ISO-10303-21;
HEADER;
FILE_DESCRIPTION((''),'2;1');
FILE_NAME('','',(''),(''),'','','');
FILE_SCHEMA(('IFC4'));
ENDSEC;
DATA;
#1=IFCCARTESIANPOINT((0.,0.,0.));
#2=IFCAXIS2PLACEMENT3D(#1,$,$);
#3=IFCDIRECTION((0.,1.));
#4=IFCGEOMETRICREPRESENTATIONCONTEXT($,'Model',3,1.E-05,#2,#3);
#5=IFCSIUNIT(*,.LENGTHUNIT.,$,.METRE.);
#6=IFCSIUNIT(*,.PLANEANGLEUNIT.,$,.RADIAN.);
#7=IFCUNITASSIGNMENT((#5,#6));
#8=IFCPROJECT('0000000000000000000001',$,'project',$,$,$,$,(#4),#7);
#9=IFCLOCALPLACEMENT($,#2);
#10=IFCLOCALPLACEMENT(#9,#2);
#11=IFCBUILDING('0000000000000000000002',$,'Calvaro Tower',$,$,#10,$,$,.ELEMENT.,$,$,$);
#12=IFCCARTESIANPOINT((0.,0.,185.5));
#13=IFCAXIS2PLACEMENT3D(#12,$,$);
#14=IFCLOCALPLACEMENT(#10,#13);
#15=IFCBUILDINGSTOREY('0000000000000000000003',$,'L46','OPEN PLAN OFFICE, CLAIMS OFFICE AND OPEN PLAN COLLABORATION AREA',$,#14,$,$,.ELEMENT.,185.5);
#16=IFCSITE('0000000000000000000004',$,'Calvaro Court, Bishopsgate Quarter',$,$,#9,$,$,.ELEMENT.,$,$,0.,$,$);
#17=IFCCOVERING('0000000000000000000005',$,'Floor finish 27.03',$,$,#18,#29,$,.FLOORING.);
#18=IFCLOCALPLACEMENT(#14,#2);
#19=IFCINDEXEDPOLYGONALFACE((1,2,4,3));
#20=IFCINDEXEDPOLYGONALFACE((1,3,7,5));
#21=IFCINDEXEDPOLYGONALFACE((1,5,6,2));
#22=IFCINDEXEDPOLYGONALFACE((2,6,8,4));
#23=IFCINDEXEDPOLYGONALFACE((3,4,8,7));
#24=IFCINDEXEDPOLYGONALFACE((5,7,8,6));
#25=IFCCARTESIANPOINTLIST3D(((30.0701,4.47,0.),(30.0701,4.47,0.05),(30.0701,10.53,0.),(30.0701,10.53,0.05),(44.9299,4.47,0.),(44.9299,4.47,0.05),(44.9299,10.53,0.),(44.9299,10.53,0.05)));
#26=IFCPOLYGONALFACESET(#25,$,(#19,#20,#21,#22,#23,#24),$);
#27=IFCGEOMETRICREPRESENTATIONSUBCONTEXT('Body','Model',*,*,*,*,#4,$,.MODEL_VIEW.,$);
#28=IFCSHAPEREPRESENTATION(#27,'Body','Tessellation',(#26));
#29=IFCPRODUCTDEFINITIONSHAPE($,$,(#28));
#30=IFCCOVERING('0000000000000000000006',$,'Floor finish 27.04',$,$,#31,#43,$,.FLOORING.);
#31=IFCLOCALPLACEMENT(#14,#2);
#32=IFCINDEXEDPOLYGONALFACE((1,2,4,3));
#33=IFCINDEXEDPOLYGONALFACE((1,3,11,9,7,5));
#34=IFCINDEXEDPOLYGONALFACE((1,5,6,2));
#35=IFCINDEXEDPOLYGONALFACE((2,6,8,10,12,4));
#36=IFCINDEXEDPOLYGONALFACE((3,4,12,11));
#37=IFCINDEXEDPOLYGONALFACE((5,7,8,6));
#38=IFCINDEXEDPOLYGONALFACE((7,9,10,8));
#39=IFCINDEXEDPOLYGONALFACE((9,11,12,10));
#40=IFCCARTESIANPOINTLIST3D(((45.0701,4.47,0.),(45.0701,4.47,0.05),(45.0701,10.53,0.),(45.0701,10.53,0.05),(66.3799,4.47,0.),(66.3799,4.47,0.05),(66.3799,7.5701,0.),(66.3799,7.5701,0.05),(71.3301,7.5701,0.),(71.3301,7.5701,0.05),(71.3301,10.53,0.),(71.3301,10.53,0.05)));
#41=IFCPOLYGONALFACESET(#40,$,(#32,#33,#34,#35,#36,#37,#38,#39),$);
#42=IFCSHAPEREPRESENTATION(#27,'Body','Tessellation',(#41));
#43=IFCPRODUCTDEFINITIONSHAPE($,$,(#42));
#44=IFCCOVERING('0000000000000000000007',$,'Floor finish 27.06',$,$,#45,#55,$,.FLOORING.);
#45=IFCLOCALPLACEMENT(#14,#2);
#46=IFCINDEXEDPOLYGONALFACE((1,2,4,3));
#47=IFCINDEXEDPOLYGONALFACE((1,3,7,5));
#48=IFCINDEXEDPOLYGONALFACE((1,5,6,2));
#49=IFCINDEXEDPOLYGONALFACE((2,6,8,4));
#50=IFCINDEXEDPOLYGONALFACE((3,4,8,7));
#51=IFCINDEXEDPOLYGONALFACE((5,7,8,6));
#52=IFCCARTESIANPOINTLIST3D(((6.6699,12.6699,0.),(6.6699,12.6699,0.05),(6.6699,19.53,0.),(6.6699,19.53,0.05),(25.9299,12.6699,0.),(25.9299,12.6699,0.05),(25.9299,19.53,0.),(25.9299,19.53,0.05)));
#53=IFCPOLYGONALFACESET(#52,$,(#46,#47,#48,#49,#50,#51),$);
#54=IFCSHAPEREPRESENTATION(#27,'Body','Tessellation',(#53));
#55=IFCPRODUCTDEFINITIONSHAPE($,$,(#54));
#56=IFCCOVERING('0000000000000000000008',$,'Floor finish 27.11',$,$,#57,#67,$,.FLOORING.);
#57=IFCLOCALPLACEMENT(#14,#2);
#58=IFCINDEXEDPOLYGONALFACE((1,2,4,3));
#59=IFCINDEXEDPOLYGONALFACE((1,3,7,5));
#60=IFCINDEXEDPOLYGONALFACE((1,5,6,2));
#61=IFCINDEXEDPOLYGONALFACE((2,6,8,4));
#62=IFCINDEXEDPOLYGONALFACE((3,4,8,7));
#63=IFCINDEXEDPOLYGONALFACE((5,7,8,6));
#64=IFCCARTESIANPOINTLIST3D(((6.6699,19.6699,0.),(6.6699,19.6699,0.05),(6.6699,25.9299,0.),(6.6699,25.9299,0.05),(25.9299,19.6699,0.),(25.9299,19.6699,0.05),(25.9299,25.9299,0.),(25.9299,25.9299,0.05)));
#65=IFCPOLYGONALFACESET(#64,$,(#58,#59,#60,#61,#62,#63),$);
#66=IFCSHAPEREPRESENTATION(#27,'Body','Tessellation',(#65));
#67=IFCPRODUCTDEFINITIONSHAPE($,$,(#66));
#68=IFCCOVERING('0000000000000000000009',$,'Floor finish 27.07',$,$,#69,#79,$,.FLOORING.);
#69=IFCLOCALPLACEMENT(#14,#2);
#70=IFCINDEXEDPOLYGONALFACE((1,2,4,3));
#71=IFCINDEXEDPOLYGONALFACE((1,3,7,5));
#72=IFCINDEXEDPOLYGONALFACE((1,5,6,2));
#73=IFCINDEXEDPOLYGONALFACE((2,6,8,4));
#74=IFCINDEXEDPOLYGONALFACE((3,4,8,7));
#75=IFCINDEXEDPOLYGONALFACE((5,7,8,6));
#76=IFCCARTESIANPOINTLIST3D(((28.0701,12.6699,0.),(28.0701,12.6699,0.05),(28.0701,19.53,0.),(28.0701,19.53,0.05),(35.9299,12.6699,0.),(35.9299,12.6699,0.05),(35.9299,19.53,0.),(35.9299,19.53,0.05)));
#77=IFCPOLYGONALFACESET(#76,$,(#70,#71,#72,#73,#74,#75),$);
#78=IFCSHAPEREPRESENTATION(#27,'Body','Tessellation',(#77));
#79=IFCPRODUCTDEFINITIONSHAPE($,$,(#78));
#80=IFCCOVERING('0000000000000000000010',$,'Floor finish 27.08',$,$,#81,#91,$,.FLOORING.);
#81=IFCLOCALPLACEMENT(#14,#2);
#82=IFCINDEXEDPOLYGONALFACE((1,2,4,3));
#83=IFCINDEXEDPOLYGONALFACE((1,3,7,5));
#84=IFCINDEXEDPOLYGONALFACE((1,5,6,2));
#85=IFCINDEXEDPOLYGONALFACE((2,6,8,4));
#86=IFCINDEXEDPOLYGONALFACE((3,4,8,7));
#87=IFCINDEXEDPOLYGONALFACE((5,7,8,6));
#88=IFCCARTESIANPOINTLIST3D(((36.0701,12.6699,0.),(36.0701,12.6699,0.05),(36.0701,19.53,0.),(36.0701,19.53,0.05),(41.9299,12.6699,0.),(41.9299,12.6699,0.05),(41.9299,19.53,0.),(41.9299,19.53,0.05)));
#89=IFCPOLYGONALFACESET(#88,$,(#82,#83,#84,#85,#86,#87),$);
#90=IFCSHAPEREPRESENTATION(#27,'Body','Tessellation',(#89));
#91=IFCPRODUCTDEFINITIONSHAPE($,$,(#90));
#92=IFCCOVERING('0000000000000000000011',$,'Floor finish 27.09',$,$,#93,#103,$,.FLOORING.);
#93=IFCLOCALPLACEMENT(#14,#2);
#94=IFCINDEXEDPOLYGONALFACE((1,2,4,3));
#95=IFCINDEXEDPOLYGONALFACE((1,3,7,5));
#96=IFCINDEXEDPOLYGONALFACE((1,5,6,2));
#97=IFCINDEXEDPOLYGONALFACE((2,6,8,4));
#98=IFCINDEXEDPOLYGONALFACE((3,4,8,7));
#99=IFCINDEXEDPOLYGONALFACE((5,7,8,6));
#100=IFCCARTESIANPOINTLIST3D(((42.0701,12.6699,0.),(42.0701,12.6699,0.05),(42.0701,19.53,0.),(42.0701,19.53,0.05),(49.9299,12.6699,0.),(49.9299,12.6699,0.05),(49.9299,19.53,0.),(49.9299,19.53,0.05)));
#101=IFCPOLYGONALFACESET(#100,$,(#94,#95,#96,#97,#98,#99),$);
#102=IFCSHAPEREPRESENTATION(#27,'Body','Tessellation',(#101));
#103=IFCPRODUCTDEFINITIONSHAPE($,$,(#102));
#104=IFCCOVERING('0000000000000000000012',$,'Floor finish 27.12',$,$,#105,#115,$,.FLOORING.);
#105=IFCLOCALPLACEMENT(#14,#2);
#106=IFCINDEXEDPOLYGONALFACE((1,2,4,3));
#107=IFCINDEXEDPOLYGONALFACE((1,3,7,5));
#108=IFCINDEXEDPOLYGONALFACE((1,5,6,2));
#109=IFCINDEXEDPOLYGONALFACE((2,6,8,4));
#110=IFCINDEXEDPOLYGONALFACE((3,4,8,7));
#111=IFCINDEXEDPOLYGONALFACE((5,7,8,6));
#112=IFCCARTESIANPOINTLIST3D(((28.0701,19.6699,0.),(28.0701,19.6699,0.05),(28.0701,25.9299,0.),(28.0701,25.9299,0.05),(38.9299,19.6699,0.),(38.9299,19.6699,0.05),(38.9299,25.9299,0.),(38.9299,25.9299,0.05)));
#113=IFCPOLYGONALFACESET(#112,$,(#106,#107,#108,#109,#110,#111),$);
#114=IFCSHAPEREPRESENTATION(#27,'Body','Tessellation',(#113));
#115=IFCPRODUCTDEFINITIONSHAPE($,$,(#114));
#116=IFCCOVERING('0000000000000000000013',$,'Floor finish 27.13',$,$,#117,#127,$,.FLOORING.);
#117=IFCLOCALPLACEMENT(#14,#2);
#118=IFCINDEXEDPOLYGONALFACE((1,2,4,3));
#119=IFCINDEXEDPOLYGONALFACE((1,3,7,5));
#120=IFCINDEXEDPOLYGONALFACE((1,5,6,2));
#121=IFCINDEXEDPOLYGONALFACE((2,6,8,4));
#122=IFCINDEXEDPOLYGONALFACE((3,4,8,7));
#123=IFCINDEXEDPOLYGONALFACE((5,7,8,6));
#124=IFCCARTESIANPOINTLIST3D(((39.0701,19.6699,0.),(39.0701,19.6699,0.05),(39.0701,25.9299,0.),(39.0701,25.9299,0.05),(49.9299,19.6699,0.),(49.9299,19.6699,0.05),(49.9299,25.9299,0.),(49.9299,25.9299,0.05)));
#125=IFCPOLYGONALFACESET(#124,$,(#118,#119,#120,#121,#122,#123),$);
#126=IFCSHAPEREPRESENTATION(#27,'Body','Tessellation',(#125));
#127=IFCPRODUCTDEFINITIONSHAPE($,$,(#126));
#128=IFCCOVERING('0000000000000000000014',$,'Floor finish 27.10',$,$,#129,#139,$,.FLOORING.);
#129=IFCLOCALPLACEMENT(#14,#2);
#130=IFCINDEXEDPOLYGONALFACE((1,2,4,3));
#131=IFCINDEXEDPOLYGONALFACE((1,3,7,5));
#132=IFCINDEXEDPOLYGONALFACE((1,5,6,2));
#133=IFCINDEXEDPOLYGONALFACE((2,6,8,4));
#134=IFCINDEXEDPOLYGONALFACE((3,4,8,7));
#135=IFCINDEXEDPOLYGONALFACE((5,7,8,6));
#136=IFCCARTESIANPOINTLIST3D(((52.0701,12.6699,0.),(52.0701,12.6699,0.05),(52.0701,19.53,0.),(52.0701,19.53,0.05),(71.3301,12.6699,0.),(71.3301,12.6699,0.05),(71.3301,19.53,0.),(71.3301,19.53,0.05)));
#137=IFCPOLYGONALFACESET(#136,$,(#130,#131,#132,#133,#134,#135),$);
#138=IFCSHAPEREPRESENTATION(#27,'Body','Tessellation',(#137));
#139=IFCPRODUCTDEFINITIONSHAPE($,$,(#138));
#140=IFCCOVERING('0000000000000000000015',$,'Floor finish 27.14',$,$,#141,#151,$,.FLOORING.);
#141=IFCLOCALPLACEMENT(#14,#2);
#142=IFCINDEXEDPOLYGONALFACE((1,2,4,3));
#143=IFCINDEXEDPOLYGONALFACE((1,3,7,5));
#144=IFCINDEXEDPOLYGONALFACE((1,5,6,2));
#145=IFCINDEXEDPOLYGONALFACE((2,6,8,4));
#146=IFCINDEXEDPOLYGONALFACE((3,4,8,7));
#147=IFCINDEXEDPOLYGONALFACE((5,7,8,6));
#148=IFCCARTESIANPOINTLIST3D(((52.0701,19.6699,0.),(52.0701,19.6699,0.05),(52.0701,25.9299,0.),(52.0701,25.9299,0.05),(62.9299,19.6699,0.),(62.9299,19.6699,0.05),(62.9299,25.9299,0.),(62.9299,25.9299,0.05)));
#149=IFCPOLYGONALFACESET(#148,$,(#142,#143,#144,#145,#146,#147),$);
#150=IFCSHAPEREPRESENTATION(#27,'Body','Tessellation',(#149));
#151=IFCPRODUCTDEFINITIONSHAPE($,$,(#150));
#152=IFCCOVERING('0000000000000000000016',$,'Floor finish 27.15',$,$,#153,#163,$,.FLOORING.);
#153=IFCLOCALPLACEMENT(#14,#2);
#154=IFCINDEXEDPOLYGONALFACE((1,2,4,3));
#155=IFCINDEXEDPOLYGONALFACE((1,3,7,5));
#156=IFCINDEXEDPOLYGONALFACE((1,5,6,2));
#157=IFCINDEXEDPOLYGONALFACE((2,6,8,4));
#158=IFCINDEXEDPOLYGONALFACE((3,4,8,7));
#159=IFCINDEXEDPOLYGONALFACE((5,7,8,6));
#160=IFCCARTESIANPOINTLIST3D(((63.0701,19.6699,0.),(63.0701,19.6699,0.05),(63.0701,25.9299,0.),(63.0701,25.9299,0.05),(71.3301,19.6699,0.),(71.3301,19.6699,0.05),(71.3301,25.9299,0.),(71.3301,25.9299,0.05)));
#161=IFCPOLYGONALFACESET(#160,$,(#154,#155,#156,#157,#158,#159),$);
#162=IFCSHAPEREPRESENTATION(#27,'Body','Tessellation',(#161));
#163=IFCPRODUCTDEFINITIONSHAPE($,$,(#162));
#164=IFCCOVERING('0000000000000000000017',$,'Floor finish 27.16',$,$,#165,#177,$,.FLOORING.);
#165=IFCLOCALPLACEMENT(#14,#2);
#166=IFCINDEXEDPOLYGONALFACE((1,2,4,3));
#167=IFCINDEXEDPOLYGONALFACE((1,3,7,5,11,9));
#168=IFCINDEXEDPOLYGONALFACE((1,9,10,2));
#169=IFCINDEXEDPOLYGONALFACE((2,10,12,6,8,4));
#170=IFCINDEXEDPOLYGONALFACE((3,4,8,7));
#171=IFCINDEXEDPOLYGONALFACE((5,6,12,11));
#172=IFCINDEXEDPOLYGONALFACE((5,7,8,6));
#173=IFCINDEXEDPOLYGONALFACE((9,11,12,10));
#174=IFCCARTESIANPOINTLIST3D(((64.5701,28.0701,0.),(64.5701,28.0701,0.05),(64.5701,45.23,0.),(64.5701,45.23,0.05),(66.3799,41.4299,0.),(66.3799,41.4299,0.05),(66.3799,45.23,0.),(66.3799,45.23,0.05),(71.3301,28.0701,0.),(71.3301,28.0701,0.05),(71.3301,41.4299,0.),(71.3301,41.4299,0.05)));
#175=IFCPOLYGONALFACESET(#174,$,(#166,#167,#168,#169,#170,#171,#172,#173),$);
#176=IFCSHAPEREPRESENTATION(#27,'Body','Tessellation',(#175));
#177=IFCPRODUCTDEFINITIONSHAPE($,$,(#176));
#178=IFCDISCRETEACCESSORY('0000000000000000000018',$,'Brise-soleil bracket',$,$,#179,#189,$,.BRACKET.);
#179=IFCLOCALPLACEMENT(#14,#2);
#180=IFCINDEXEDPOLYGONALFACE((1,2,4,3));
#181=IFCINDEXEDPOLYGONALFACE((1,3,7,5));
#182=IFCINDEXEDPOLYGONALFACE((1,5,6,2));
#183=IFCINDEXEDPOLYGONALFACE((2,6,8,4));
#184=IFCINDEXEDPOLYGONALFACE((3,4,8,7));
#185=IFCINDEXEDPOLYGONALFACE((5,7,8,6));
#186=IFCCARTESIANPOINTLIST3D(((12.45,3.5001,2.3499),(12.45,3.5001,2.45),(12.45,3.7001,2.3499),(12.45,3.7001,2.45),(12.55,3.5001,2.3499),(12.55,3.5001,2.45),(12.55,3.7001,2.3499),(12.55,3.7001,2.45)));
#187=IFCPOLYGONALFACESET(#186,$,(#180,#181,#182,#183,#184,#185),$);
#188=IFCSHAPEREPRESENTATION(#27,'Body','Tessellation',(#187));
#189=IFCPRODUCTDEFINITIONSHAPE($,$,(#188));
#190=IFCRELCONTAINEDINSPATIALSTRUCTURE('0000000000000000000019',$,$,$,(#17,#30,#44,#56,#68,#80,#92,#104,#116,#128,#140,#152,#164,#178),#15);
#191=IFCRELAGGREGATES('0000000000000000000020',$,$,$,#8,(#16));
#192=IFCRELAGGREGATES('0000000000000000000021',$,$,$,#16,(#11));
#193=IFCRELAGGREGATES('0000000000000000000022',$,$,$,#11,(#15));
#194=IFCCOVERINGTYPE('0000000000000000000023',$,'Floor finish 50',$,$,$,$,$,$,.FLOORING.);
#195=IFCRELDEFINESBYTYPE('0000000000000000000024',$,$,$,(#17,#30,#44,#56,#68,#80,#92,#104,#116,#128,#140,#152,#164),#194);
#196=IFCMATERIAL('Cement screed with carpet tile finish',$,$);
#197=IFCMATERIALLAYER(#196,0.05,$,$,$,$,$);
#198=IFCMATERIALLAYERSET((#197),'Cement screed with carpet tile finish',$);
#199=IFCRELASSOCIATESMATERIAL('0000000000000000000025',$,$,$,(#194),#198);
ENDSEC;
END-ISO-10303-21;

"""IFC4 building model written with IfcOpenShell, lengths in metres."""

from ifc_helpers import new_model, si_unit, direction, frame, origin, origin_2d, place, context, subcontext, project, spatial, polyline, rectangle, outline, extrude, material, layer, layer_set, type_object, element, save


model = new_model("IFC4")

# Units and contexts
model_context = context("Model", 3, precision=1e-05, world=origin(), true_north=direction((0.0, 1.0)))
body_context = subcontext(model_context, "Body", "Model", "MODEL_VIEW")
ifc_project = project(units=[si_unit("LENGTHUNIT", "METRE"), si_unit("PLANEANGLEUNIT", "RADIAN")], contexts=[model_context])

# Site, building, storey
site_placement = place(None, origin())
site = spatial("IfcSite", under=ifc_project, at=site_placement, Name="Calvaro Court, Bishopsgate Quarter", CompositionType="ELEMENT", RefElevation=0.0)
building_placement = place(site_placement, origin())
building = spatial("IfcBuilding", under=site, at=building_placement, Name="Calvaro Tower", CompositionType="ELEMENT")
storey_placement = place(building_placement, frame((0.0, 0.0, 185.5)))
storey = spatial("IfcBuildingStorey", under=building, at=storey_placement, Name="L46", Description="OPEN PLAN OFFICE, CLAIMS OFFICE AND OPEN PLAN COLLABORATION AREA", CompositionType="ELEMENT", Elevation=185.5)

# Coverings
ifc_material_1 = material(Name="Cement screed with carpet tile finish")
ifc_layer_1 = layer(ifc_material_1, 0.05)
ifc_layer_set_1 = layer_set([ifc_layer_1], Name="Cement screed with carpet tile finish")
covering_type = type_object("IfcCoveringType", Name="Floor finish 50", PredefinedType="FLOORING", material=ifc_layer_set_1)
covering_1_placement = place(storey_placement, origin())
element("IfcCovering", 1, at=covering_1_placement, inside=storey, type_object=covering_type, Name="Floor finish 27.03", PredefinedType="FLOORING", context=body_context, shape_type="SweptSolid", body=[
    extrude(outline(polyline([(30.0701, 10.53), (44.9299, 10.53), (44.9299, 4.47), (30.0701, 4.47), (30.0701, 10.53)])), origin(), (0.0, 0.0, 1.0), 0.05),
])
covering_2_placement = place(storey_placement, origin())
element("IfcCovering", 2, at=covering_2_placement, inside=storey, type_object=covering_type, Name="Floor finish 27.04", PredefinedType="FLOORING", context=body_context, shape_type="SweptSolid", body=[
    extrude(outline(polyline([(71.3301, 7.5701), (66.3799, 7.5701), (66.3799, 4.47), (45.0701, 4.47), (45.0701, 10.53), (71.3301, 10.53), (71.3301, 7.5701)])), origin(), (0.0, 0.0, 1.0), 0.05),
])
covering_3_placement = place(storey_placement, origin())
element("IfcCovering", 3, at=covering_3_placement, inside=storey, type_object=covering_type, Name="Floor finish 27.06", PredefinedType="FLOORING", context=body_context, shape_type="SweptSolid", body=[
    extrude(outline(polyline([(25.9299, 19.53), (25.9299, 12.6699), (6.6699, 12.6699), (6.6699, 19.53), (25.9299, 19.53)])), origin(), (0.0, 0.0, 1.0), 0.05),
])
covering_4_placement = place(storey_placement, origin())
element("IfcCovering", 4, at=covering_4_placement, inside=storey, type_object=covering_type, Name="Floor finish 27.11", PredefinedType="FLOORING", context=body_context, shape_type="SweptSolid", body=[
    extrude(outline(polyline([(25.9299, 25.9299), (25.9299, 19.6699), (6.6699, 19.6699), (6.6699, 25.9299), (25.9299, 25.9299)])), origin(), (0.0, 0.0, 1.0), 0.05),
])
covering_5_placement = place(storey_placement, origin())
element("IfcCovering", 5, at=covering_5_placement, inside=storey, type_object=covering_type, Name="Floor finish 27.07", PredefinedType="FLOORING", context=body_context, shape_type="SweptSolid", body=[
    extrude(outline(polyline([(28.0701, 12.6699), (28.0701, 19.53), (35.9299, 19.53), (35.9299, 12.6699), (28.0701, 12.6699)])), origin(), (0.0, 0.0, 1.0), 0.05),
])
covering_6_placement = place(storey_placement, origin())
element("IfcCovering", 6, at=covering_6_placement, inside=storey, type_object=covering_type, Name="Floor finish 27.08", PredefinedType="FLOORING", context=body_context, shape_type="SweptSolid", body=[
    extrude(outline(polyline([(36.0701, 12.6699), (36.0701, 19.53), (41.9299, 19.53), (41.9299, 12.6699), (36.0701, 12.6699)])), origin(), (0.0, 0.0, 1.0), 0.05),
])
covering_7_placement = place(storey_placement, origin())
element("IfcCovering", 7, at=covering_7_placement, inside=storey, type_object=covering_type, Name="Floor finish 27.09", PredefinedType="FLOORING", context=body_context, shape_type="SweptSolid", body=[
    extrude(outline(polyline([(42.0701, 12.6699), (42.0701, 19.53), (49.9299, 19.53), (49.9299, 12.6699), (42.0701, 12.6699)])), origin(), (0.0, 0.0, 1.0), 0.05),
])
covering_8_placement = place(storey_placement, origin())
element("IfcCovering", 8, at=covering_8_placement, inside=storey, type_object=covering_type, Name="Floor finish 27.12", PredefinedType="FLOORING", context=body_context, shape_type="SweptSolid", body=[
    extrude(outline(polyline([(28.0701, 19.6699), (28.0701, 25.9299), (38.9299, 25.9299), (38.9299, 19.6699), (28.0701, 19.6699)])), origin(), (0.0, 0.0, 1.0), 0.05),
])
covering_9_placement = place(storey_placement, origin())
element("IfcCovering", 9, at=covering_9_placement, inside=storey, type_object=covering_type, Name="Floor finish 27.13", PredefinedType="FLOORING", context=body_context, shape_type="SweptSolid", body=[
    extrude(outline(polyline([(39.0701, 19.6699), (39.0701, 25.9299), (49.9299, 25.9299), (49.9299, 19.6699), (39.0701, 19.6699)])), origin(), (0.0, 0.0, 1.0), 0.05),
])
covering_10_placement = place(storey_placement, origin())
element("IfcCovering", 10, at=covering_10_placement, inside=storey, type_object=covering_type, Name="Floor finish 27.10", PredefinedType="FLOORING", context=body_context, shape_type="SweptSolid", body=[
    extrude(outline(polyline([(71.3301, 12.6699), (52.0701, 12.6699), (52.0701, 19.53), (71.3301, 19.53), (71.3301, 12.6699)])), origin(), (0.0, 0.0, 1.0), 0.05),
])
covering_11_placement = place(storey_placement, origin())
element("IfcCovering", 11, at=covering_11_placement, inside=storey, type_object=covering_type, Name="Floor finish 27.14", PredefinedType="FLOORING", context=body_context, shape_type="SweptSolid", body=[
    extrude(outline(polyline([(52.0701, 19.6699), (52.0701, 25.9299), (62.9299, 25.9299), (62.9299, 19.6699), (52.0701, 19.6699)])), origin(), (0.0, 0.0, 1.0), 0.05),
])
covering_12_placement = place(storey_placement, origin())
element("IfcCovering", 12, at=covering_12_placement, inside=storey, type_object=covering_type, Name="Floor finish 27.15", PredefinedType="FLOORING", context=body_context, shape_type="SweptSolid", body=[
    extrude(outline(polyline([(71.3301, 19.6699), (63.0701, 19.6699), (63.0701, 25.9299), (71.3301, 25.9299), (71.3301, 19.6699)])), origin(), (0.0, 0.0, 1.0), 0.05),
])
covering_13_placement = place(storey_placement, origin())
element("IfcCovering", 13, at=covering_13_placement, inside=storey, type_object=covering_type, Name="Floor finish 27.16", PredefinedType="FLOORING", context=body_context, shape_type="SweptSolid", body=[
    extrude(outline(polyline([(71.3301, 28.0701), (64.5701, 28.0701), (64.5701, 45.23), (66.3799, 45.23), (66.3799, 41.4299), (71.3301, 41.4299), (71.3301, 28.0701)])), origin(), (0.0, 0.0, 1.0), 0.05),
])

# Discrete accessory
discrete_accessory_placement = place(storey_placement, frame((12.5, 3.6001, 2.3499), z_axis=(0.0, 0.0, 1.0), x_axis=(1.0, 0.0, 0.0)))
element("IfcDiscreteAccessory", 14, at=discrete_accessory_placement, inside=storey, Name="Brise-soleil bracket", PredefinedType="BRACKET", context=body_context, shape_type="SweptSolid", body=[
    extrude(rectangle(XDim=0.1001, YDim=0.2, at=origin_2d()), origin(), (0.0, 0.0, 1.0), 0.1001),
])

save(model, "model.ifc")
